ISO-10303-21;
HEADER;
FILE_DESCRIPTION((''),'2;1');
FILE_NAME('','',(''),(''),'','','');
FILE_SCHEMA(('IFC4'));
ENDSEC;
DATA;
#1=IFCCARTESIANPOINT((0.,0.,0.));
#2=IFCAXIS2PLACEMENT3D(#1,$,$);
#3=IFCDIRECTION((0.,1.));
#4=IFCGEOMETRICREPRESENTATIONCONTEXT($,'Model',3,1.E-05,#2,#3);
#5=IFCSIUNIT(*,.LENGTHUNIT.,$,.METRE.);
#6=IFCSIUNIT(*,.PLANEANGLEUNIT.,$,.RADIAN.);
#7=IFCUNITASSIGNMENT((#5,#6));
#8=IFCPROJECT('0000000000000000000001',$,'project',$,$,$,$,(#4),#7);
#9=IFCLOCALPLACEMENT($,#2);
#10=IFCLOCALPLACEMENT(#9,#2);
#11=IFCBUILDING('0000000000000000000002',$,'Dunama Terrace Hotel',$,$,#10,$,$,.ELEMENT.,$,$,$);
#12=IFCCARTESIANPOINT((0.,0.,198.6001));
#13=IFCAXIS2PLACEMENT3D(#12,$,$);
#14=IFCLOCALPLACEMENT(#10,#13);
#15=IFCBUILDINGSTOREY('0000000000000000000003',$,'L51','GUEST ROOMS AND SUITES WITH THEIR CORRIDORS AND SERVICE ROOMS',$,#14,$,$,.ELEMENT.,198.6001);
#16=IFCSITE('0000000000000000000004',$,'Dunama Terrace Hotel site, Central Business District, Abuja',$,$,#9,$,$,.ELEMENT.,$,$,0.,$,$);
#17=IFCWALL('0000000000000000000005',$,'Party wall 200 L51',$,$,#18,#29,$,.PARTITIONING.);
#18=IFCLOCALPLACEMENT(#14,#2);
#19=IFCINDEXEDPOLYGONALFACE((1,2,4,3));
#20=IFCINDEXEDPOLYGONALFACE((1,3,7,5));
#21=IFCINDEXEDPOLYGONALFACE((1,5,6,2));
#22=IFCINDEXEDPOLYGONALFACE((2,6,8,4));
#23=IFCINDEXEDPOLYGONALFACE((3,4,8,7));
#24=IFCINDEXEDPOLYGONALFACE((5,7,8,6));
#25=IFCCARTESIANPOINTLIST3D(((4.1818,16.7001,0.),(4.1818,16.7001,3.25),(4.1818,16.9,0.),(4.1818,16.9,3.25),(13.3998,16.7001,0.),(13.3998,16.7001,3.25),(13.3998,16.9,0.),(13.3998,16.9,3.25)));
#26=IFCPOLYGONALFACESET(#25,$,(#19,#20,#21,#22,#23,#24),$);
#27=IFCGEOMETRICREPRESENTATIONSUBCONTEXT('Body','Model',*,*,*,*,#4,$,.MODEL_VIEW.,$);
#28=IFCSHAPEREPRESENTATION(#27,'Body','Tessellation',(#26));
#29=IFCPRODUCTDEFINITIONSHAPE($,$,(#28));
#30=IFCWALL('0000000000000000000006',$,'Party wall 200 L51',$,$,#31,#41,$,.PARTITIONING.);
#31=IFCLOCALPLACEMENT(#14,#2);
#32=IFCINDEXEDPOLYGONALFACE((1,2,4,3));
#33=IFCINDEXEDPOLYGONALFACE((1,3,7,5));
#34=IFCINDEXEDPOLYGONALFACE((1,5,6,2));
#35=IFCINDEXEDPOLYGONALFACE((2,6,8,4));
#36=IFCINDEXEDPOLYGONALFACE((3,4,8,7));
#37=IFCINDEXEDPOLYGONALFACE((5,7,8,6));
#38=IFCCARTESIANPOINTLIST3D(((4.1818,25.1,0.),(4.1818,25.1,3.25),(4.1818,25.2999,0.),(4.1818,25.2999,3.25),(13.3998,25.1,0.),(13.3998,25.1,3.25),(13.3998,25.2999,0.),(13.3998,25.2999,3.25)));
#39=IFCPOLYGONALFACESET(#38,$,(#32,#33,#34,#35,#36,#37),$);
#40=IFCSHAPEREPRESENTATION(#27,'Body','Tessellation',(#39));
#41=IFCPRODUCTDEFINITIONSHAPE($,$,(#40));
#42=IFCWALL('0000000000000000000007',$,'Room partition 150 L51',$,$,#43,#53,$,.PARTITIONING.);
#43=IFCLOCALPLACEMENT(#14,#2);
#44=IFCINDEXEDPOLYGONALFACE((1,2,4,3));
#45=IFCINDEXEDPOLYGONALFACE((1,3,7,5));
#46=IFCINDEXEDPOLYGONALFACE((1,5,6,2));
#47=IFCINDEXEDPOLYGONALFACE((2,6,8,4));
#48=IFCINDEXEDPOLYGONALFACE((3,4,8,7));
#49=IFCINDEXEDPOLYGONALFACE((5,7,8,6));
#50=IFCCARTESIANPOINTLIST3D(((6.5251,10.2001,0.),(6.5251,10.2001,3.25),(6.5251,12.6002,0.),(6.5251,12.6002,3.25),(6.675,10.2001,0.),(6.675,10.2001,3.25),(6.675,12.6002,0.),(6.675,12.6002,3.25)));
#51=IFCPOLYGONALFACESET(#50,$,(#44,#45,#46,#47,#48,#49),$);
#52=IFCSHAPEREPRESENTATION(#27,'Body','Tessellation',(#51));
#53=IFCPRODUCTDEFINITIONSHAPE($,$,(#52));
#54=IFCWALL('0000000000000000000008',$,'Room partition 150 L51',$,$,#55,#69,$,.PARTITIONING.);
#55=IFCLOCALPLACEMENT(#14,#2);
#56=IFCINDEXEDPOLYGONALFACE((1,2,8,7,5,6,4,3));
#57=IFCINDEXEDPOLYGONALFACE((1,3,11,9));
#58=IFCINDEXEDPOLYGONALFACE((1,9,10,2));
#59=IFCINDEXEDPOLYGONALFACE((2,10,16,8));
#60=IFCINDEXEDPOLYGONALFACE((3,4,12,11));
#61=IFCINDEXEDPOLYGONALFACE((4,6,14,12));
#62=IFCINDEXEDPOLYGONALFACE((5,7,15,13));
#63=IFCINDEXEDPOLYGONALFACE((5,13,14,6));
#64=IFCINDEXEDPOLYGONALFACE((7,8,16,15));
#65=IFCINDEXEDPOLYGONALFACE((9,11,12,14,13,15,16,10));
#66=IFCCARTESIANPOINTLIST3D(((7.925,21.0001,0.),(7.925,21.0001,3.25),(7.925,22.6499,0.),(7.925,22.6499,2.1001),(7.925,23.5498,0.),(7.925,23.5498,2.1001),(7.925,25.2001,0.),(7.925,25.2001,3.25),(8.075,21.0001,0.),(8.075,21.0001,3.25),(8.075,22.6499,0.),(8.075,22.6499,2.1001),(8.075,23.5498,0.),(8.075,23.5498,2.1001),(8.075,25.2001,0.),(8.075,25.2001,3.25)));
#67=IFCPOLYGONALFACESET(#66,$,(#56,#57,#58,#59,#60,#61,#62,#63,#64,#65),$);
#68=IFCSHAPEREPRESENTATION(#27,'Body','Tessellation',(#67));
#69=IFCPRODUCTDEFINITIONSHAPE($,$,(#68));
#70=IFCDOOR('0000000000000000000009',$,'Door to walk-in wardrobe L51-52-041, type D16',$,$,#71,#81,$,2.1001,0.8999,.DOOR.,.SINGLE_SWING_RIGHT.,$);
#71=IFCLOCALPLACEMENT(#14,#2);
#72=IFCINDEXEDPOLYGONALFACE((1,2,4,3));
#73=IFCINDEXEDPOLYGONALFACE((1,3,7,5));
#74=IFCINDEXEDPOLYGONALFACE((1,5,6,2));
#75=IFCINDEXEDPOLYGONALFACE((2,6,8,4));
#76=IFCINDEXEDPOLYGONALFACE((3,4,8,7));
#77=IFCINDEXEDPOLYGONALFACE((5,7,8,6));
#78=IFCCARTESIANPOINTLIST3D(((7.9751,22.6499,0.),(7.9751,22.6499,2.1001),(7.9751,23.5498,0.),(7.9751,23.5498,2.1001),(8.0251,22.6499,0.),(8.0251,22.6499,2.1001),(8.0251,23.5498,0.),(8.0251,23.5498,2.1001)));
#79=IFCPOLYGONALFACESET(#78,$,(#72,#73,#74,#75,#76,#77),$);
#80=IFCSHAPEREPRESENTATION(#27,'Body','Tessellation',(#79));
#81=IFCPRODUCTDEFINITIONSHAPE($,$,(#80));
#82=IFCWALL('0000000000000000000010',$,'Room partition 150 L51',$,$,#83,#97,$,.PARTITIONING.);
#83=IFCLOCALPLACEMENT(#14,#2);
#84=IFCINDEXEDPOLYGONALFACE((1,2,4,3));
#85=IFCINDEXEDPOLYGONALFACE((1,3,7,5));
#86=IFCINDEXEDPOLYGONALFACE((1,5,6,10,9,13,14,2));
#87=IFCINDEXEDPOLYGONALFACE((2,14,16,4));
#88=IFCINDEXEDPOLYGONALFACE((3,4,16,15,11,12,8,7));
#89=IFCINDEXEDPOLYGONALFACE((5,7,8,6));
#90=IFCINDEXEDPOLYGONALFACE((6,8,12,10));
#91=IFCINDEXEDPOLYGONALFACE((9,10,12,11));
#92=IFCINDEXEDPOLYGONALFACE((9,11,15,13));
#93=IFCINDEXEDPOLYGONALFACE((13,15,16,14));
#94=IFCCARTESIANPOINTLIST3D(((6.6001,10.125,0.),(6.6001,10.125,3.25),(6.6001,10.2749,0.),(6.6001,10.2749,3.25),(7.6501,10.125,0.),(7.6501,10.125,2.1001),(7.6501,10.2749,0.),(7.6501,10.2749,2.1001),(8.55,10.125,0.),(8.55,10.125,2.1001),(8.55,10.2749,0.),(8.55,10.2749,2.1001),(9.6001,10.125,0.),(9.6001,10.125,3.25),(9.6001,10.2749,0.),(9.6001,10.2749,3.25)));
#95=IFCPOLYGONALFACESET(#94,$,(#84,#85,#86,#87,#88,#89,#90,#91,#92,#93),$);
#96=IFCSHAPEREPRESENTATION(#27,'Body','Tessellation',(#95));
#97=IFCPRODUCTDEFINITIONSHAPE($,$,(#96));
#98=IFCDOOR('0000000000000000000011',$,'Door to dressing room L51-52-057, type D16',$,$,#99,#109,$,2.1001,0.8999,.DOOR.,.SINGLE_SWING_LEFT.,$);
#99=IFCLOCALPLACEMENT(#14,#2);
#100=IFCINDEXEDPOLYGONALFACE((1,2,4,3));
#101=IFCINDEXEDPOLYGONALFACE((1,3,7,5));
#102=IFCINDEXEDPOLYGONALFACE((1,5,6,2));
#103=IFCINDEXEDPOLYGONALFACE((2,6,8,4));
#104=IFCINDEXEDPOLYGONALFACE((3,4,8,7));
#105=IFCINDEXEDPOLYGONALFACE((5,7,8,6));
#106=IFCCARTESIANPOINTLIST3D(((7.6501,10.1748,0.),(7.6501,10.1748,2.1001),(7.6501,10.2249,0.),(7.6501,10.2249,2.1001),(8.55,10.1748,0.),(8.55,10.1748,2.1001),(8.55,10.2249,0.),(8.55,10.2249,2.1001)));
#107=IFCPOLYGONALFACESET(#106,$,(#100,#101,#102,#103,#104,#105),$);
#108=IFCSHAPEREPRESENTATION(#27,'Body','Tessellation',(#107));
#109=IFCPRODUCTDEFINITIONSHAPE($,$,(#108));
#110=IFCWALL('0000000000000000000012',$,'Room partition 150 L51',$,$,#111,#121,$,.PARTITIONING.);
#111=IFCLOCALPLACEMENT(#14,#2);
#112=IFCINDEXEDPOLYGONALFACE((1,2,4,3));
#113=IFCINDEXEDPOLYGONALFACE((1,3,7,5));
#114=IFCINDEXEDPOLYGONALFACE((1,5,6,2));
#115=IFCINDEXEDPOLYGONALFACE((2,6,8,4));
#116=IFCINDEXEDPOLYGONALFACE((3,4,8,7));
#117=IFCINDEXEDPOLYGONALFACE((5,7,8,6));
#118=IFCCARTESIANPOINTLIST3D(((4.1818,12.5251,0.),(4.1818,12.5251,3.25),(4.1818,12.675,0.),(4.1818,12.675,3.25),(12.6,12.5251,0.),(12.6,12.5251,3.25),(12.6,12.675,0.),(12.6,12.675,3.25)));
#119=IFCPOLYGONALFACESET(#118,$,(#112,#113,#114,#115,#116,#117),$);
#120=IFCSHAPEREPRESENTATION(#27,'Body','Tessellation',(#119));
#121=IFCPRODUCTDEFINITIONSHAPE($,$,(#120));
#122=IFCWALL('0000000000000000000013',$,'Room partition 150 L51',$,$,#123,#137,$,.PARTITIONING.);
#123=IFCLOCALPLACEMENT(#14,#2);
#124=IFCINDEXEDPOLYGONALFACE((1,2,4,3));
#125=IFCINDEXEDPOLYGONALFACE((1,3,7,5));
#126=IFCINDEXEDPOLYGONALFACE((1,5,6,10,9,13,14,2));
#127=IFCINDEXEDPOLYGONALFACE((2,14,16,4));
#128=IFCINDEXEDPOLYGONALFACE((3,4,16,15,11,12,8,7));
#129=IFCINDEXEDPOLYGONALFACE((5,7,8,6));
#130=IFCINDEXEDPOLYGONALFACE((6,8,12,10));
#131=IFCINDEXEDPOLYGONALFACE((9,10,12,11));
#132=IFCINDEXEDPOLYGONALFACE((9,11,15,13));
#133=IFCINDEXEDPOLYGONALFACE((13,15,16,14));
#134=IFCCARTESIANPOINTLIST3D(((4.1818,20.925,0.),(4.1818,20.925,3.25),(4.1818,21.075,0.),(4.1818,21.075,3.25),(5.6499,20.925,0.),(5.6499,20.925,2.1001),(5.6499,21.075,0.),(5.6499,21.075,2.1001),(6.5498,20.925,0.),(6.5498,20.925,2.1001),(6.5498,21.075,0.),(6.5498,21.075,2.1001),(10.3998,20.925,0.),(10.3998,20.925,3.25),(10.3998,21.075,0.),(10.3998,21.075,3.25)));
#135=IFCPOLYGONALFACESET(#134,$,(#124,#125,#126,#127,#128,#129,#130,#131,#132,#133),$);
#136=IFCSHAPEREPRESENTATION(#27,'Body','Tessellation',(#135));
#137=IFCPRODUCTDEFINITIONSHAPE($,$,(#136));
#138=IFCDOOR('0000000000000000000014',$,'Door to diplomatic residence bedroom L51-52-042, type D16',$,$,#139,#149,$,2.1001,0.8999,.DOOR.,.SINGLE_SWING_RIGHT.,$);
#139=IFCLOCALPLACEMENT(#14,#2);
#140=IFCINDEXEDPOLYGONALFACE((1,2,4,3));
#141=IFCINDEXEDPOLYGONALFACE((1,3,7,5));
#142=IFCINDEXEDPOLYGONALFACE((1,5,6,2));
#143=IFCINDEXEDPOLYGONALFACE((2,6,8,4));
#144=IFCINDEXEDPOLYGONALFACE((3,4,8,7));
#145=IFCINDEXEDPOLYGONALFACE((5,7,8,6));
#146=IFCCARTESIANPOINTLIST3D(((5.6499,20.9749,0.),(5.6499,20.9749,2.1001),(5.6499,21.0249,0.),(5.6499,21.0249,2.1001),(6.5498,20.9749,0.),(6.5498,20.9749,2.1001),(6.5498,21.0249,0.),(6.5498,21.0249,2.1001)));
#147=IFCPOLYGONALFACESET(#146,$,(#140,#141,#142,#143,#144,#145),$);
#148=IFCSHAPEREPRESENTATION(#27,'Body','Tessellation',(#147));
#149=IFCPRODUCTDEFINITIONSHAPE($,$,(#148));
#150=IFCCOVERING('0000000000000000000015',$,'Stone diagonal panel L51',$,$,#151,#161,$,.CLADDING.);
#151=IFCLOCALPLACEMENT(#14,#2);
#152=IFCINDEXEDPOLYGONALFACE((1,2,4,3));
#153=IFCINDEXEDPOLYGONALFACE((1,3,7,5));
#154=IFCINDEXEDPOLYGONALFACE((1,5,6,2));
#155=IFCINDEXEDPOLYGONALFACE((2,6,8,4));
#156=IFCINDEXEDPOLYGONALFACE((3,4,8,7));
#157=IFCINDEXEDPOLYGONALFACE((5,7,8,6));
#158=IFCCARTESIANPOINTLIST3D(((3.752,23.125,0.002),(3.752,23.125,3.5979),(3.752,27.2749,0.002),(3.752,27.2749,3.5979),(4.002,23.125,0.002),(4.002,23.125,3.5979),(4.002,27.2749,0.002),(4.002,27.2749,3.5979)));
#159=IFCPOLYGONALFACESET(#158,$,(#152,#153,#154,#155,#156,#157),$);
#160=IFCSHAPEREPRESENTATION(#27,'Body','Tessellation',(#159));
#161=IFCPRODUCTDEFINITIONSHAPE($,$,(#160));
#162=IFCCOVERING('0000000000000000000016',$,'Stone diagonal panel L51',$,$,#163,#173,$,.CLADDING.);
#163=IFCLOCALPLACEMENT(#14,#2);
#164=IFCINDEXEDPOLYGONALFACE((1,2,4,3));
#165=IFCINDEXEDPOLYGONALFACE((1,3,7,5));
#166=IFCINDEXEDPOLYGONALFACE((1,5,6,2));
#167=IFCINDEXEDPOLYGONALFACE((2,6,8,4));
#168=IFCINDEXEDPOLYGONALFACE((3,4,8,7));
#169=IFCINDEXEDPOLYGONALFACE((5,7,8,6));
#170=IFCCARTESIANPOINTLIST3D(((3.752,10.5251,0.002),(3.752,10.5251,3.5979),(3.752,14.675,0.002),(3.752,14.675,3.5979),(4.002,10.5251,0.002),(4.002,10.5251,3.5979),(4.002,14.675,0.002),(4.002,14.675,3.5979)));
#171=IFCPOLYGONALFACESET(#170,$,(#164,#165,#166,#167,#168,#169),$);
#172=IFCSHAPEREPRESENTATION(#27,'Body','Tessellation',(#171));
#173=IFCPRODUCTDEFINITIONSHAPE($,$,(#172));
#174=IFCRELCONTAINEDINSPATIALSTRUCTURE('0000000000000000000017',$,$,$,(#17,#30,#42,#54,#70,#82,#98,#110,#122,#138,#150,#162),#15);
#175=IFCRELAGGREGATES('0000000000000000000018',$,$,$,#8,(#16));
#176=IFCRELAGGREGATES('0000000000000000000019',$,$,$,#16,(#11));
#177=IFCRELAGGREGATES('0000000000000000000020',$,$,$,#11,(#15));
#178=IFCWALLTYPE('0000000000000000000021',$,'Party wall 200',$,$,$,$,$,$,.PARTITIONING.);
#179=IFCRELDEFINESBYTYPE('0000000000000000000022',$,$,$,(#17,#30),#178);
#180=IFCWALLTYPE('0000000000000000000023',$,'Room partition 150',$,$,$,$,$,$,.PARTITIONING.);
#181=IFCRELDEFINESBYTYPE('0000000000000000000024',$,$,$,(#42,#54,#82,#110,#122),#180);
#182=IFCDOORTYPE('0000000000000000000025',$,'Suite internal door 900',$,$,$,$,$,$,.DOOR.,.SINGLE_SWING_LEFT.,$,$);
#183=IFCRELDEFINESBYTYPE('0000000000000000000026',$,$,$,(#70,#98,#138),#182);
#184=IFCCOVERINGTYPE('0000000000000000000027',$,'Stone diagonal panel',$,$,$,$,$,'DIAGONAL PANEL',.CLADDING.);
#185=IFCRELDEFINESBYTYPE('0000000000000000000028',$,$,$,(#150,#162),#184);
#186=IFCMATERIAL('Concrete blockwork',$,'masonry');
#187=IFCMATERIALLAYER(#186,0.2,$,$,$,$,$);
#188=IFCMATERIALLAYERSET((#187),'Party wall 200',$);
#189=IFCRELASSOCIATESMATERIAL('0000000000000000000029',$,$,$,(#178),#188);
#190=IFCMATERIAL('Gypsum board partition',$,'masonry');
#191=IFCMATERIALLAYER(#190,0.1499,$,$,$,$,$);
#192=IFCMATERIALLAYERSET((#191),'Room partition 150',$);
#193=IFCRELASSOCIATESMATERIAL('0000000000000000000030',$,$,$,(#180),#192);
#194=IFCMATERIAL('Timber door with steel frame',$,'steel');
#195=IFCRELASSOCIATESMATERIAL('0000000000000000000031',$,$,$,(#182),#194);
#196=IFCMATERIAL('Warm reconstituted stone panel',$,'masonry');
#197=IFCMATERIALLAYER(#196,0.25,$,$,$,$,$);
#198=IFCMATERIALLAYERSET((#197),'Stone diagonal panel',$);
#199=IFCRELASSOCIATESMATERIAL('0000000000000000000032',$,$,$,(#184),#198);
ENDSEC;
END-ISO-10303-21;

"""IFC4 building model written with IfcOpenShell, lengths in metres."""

from ifc_helpers import new_model, si_unit, direction, frame, frame_2d, origin, origin_2d, place, context, subcontext, project, spatial, rectangle, extrude, material, layer, layer_set, type_object, element, fill, save


model = new_model("IFC4")

# Units and contexts
model_context = context("Model", 3, precision=1e-05, world=origin(), true_north=direction((0.0, 1.0)))
body_context = subcontext(model_context, "Body", "Model", "MODEL_VIEW")
ifc_project = project(units=[si_unit("LENGTHUNIT", "METRE"), si_unit("PLANEANGLEUNIT", "RADIAN")], contexts=[model_context])

# Site, building, storey
site_placement = place(None, origin())
site = spatial("IfcSite", under=ifc_project, at=site_placement, Name="Dunama Terrace Hotel site, Central Business District, Abuja", CompositionType="ELEMENT", RefElevation=0.0)
building_placement = place(site_placement, origin())
building = spatial("IfcBuilding", under=site, at=building_placement, Name="Dunama Terrace Hotel", CompositionType="ELEMENT")
storey_placement = place(building_placement, frame((0.0, 0.0, 198.6001)))
storey = spatial("IfcBuildingStorey", under=building, at=storey_placement, Name="L51", Description="GUEST ROOMS AND SUITES WITH THEIR CORRIDORS AND SERVICE ROOMS", CompositionType="ELEMENT", Elevation=198.6001)

# Walls
ifc_material_1 = material(Name="Concrete blockwork", Category="masonry")
ifc_layer_1 = layer(ifc_material_1, 0.2)
ifc_layer_set_1 = layer_set([ifc_layer_1], Name="Party wall 200")
wall_type_1 = type_object("IfcWallType", Name="Party wall 200", PredefinedType="PARTITIONING", material=ifc_layer_set_1)
for number, where, z_axis, x_axis, name in (
    (1, (4.1819, 16.8, 0.0), (0.0, 0.0, 1.0), (1.0, 0.0, 0.0), "Party wall 200 L51"),
    (2, (4.1819, 25.2, 0.0), (0.0, 0.0, 1.0), (1.0, 0.0, 0.0), "Party wall 200 L51"),
):
    element("IfcWall", number, at=place(storey_placement, frame(where, z_axis=z_axis, x_axis=x_axis)), inside=storey, type_object=wall_type_1, Name=name, PredefinedType="PARTITIONING", context=body_context, shape_type="SweptSolid", body=[
        extrude(rectangle(XDim=9.218, YDim=0.2, at=frame_2d((4.6089, 0.0))), origin(), (0.0, 0.0, 1.0), 3.25),
    ])
ifc_material_2 = material(Name="Gypsum board partition", Category="masonry")
ifc_layer_2 = layer(ifc_material_2, 0.1499)
ifc_layer_set_2 = layer_set([ifc_layer_2], Name="Room partition 150")
wall_type_2 = type_object("IfcWallType", Name="Room partition 150", PredefinedType="PARTITIONING", material=ifc_layer_set_2)
wall_1_placement = place(storey_placement, frame((6.6001, 10.2, 0.0), z_axis=(0.0, 0.0, 1.0), x_axis=(0.0, 1.0, 0.0)))
element("IfcWall", 3, at=wall_1_placement, inside=storey, type_object=wall_type_2, Name="Room partition 150 L51", PredefinedType="PARTITIONING", context=body_context, shape_type="SweptSolid", body=[
    extrude(rectangle(XDim=2.4001, YDim=0.1499, at=frame_2d((1.2002, 0.0))), origin(), (0.0, 0.0, 1.0), 3.25),
])

# Walls, openings, doors
wall_2_placement = place(storey_placement, frame((8.0, 21.0, 0.0), z_axis=(0.0, 0.0, 1.0), x_axis=(0.0, 1.0, 0.0)))
wall_2 = element("IfcWall", 4, at=wall_2_placement, inside=storey, type_object=wall_type_2, Name="Room partition 150 L51", PredefinedType="PARTITIONING", context=body_context, shape_type="SweptSolid", body=[
    extrude(rectangle(XDim=4.2, YDim=0.1499, at=frame_2d((2.1001, 0.0))), origin(), (0.0, 0.0, 1.0), 3.25),
])
opening_1_placement = place(wall_2_placement, frame((1.6499, 0.0, 0.0)))
opening_1 = element("IfcOpeningElement", 5, at=opening_1_placement, cuts=wall_2, PredefinedType="OPENING", context=body_context, shape_type="SweptSolid", body=[
    extrude(rectangle(XDim=0.8999, YDim=2.1001, at=frame_2d((0.45, 1.05))), frame((0.0, 0.085, 0.0), z_axis=(0.0, -1.0, 0.0), x_axis=(1.0, 0.0, 0.0)), (0.0, 0.0, 1.0), 0.1699),
])
ifc_material_3 = material(Name="Timber door with steel frame", Category="steel")
door_type = type_object("IfcDoorType", Name="Suite internal door 900", OperationType="SINGLE_SWING_LEFT", PredefinedType="DOOR", material=ifc_material_3)
door_1_placement = place(opening_1_placement, frame((0.8999, 0.0, 0.0), z_axis=(0.0, 0.0, 1.0), x_axis=(-1.0, 0.0, 0.0)))
door_1 = element("IfcDoor", 6, at=door_1_placement, inside=storey, type_object=door_type, Name="Door to walk-in wardrobe L51-52-041, type D16", OperationType="SINGLE_SWING_RIGHT", OverallHeight=2.1001, OverallWidth=0.8999, PredefinedType="DOOR", context=body_context, shape_type="SweptSolid", body=[
    extrude(rectangle(XDim=0.8999, YDim=2.1001, at=frame_2d((0.45, 1.05))), frame((0.0, 0.0251, 0.0), z_axis=(0.0, -1.0, 0.0), x_axis=(1.0, 0.0, 0.0)), (0.0, 0.0, 1.0), 0.05),
])
fill(opening_1, door_1)
wall_3_placement = place(storey_placement, frame((6.6001, 10.2, 0.0), z_axis=(0.0, 0.0, 1.0), x_axis=(1.0, 0.0, 0.0)))
wall_3 = element("IfcWall", 7, at=wall_3_placement, inside=storey, type_object=wall_type_2, Name="Room partition 150 L51", PredefinedType="PARTITIONING", context=body_context, shape_type="SweptSolid", body=[
    extrude(rectangle(XDim=3.0, YDim=0.1499, at=frame_2d((1.5, 0.0))), origin(), (0.0, 0.0, 1.0), 3.25),
])
opening_2_placement = place(wall_3_placement, frame((1.05, 0.0, 0.0)))
opening_2 = element("IfcOpeningElement", 8, at=opening_2_placement, cuts=wall_3, PredefinedType="OPENING", context=body_context, shape_type="SweptSolid", body=[
    extrude(rectangle(XDim=0.8999, YDim=2.1001, at=frame_2d((0.45, 1.05))), frame((0.0, 0.085, 0.0), z_axis=(0.0, -1.0, 0.0), x_axis=(1.0, 0.0, 0.0)), (0.0, 0.0, 1.0), 0.1699),
])
door_2_placement = place(opening_2_placement, origin())
door_2 = element("IfcDoor", 9, at=door_2_placement, inside=storey, type_object=door_type, Name="Door to dressing room L51-52-057, type D16", OperationType="SINGLE_SWING_LEFT", OverallHeight=2.1001, OverallWidth=0.8999, PredefinedType="DOOR", context=body_context, shape_type="SweptSolid", body=[
    extrude(rectangle(XDim=0.8999, YDim=2.1001, at=frame_2d((0.45, 1.05))), frame((0.0, 0.0249, 0.0), z_axis=(0.0, -1.0, 0.0), x_axis=(1.0, 0.0, 0.0)), (0.0, 0.0, 1.0), 0.05),
])
fill(opening_2, door_2)

# Wall
wall_4_placement = place(storey_placement, frame((4.1819, 12.6001, 0.0), z_axis=(0.0, 0.0, 1.0), x_axis=(1.0, 0.0, 0.0)))
element("IfcWall", 10, at=wall_4_placement, inside=storey, type_object=wall_type_2, Name="Room partition 150 L51", PredefinedType="PARTITIONING", context=body_context, shape_type="SweptSolid", body=[
    extrude(rectangle(XDim=8.4182, YDim=0.1499, at=frame_2d((4.209, 0.0))), origin(), (0.0, 0.0, 1.0), 3.25),
])

# Wall, opening, door
wall_5_placement = place(storey_placement, frame((4.1819, 21.0, 0.0), z_axis=(0.0, 0.0, 1.0), x_axis=(1.0, 0.0, 0.0)))
wall_5 = element("IfcWall", 11, at=wall_5_placement, inside=storey, type_object=wall_type_2, Name="Room partition 150 L51", PredefinedType="PARTITIONING", context=body_context, shape_type="SweptSolid", body=[
    extrude(rectangle(XDim=6.218, YDim=0.1499, at=frame_2d((3.1089, 0.0))), origin(), (0.0, 0.0, 1.0), 3.25),
])
opening_3_placement = place(wall_5_placement, frame((1.468, 0.0, 0.0)))
opening_3 = element("IfcOpeningElement", 12, at=opening_3_placement, cuts=wall_5, PredefinedType="OPENING", context=body_context, shape_type="SweptSolid", body=[
    extrude(rectangle(XDim=0.8999, YDim=2.1001, at=frame_2d((0.45, 1.05))), frame((0.0, 0.085, 0.0), z_axis=(0.0, -1.0, 0.0), x_axis=(1.0, 0.0, 0.0)), (0.0, 0.0, 1.0), 0.1699),
])
door_3_placement = place(opening_3_placement, origin())
door_3 = element("IfcDoor", 13, at=door_3_placement, inside=storey, type_object=door_type, Name="Door to diplomatic residence bedroom L51-52-042, type D16", OperationType="SINGLE_SWING_RIGHT", OverallHeight=2.1001, OverallWidth=0.8999, PredefinedType="DOOR", context=body_context, shape_type="SweptSolid", body=[
    extrude(rectangle(XDim=0.8999, YDim=2.1001, at=frame_2d((0.45, 1.05))), frame((0.0, 0.0249, 0.0), z_axis=(0.0, -1.0, 0.0), x_axis=(1.0, 0.0, 0.0)), (0.0, 0.0, 1.0), 0.05),
])
fill(opening_3, door_3)

# Coverings
ifc_material_4 = material(Name="Warm reconstituted stone panel", Category="masonry")
ifc_layer_3 = layer(ifc_material_4, 0.25)
ifc_layer_set_3 = layer_set([ifc_layer_3], Name="Stone diagonal panel")
covering_type = type_object("IfcCoveringType", Name="Stone diagonal panel", ElementType="DIAGONAL PANEL", PredefinedType="CLADDING", material=ifc_layer_set_3)
for number, where, z_axis, x_axis, name in (
    (14, (3.877, 25.2, 0.002), (0.0, 0.0, 1.0), (0.0, -1.0, 0.0), "Stone diagonal panel L51"),
    (15, (3.877, 12.6001, 0.002), (0.0, 0.0, 1.0), (0.0, -1.0, 0.0), "Stone diagonal panel L51"),
):
    element("IfcCovering", number, at=place(storey_placement, frame(where, z_axis=z_axis, x_axis=x_axis)), inside=storey, type_object=covering_type, Name=name, PredefinedType="CLADDING", context=body_context, shape_type="SweptSolid", body=[
        extrude(rectangle(XDim=4.1499, YDim=0.25, at=origin_2d()), origin(), (0.0, 0.0, 1.0), 3.5959),
    ])

save(model, "model.ifc")
